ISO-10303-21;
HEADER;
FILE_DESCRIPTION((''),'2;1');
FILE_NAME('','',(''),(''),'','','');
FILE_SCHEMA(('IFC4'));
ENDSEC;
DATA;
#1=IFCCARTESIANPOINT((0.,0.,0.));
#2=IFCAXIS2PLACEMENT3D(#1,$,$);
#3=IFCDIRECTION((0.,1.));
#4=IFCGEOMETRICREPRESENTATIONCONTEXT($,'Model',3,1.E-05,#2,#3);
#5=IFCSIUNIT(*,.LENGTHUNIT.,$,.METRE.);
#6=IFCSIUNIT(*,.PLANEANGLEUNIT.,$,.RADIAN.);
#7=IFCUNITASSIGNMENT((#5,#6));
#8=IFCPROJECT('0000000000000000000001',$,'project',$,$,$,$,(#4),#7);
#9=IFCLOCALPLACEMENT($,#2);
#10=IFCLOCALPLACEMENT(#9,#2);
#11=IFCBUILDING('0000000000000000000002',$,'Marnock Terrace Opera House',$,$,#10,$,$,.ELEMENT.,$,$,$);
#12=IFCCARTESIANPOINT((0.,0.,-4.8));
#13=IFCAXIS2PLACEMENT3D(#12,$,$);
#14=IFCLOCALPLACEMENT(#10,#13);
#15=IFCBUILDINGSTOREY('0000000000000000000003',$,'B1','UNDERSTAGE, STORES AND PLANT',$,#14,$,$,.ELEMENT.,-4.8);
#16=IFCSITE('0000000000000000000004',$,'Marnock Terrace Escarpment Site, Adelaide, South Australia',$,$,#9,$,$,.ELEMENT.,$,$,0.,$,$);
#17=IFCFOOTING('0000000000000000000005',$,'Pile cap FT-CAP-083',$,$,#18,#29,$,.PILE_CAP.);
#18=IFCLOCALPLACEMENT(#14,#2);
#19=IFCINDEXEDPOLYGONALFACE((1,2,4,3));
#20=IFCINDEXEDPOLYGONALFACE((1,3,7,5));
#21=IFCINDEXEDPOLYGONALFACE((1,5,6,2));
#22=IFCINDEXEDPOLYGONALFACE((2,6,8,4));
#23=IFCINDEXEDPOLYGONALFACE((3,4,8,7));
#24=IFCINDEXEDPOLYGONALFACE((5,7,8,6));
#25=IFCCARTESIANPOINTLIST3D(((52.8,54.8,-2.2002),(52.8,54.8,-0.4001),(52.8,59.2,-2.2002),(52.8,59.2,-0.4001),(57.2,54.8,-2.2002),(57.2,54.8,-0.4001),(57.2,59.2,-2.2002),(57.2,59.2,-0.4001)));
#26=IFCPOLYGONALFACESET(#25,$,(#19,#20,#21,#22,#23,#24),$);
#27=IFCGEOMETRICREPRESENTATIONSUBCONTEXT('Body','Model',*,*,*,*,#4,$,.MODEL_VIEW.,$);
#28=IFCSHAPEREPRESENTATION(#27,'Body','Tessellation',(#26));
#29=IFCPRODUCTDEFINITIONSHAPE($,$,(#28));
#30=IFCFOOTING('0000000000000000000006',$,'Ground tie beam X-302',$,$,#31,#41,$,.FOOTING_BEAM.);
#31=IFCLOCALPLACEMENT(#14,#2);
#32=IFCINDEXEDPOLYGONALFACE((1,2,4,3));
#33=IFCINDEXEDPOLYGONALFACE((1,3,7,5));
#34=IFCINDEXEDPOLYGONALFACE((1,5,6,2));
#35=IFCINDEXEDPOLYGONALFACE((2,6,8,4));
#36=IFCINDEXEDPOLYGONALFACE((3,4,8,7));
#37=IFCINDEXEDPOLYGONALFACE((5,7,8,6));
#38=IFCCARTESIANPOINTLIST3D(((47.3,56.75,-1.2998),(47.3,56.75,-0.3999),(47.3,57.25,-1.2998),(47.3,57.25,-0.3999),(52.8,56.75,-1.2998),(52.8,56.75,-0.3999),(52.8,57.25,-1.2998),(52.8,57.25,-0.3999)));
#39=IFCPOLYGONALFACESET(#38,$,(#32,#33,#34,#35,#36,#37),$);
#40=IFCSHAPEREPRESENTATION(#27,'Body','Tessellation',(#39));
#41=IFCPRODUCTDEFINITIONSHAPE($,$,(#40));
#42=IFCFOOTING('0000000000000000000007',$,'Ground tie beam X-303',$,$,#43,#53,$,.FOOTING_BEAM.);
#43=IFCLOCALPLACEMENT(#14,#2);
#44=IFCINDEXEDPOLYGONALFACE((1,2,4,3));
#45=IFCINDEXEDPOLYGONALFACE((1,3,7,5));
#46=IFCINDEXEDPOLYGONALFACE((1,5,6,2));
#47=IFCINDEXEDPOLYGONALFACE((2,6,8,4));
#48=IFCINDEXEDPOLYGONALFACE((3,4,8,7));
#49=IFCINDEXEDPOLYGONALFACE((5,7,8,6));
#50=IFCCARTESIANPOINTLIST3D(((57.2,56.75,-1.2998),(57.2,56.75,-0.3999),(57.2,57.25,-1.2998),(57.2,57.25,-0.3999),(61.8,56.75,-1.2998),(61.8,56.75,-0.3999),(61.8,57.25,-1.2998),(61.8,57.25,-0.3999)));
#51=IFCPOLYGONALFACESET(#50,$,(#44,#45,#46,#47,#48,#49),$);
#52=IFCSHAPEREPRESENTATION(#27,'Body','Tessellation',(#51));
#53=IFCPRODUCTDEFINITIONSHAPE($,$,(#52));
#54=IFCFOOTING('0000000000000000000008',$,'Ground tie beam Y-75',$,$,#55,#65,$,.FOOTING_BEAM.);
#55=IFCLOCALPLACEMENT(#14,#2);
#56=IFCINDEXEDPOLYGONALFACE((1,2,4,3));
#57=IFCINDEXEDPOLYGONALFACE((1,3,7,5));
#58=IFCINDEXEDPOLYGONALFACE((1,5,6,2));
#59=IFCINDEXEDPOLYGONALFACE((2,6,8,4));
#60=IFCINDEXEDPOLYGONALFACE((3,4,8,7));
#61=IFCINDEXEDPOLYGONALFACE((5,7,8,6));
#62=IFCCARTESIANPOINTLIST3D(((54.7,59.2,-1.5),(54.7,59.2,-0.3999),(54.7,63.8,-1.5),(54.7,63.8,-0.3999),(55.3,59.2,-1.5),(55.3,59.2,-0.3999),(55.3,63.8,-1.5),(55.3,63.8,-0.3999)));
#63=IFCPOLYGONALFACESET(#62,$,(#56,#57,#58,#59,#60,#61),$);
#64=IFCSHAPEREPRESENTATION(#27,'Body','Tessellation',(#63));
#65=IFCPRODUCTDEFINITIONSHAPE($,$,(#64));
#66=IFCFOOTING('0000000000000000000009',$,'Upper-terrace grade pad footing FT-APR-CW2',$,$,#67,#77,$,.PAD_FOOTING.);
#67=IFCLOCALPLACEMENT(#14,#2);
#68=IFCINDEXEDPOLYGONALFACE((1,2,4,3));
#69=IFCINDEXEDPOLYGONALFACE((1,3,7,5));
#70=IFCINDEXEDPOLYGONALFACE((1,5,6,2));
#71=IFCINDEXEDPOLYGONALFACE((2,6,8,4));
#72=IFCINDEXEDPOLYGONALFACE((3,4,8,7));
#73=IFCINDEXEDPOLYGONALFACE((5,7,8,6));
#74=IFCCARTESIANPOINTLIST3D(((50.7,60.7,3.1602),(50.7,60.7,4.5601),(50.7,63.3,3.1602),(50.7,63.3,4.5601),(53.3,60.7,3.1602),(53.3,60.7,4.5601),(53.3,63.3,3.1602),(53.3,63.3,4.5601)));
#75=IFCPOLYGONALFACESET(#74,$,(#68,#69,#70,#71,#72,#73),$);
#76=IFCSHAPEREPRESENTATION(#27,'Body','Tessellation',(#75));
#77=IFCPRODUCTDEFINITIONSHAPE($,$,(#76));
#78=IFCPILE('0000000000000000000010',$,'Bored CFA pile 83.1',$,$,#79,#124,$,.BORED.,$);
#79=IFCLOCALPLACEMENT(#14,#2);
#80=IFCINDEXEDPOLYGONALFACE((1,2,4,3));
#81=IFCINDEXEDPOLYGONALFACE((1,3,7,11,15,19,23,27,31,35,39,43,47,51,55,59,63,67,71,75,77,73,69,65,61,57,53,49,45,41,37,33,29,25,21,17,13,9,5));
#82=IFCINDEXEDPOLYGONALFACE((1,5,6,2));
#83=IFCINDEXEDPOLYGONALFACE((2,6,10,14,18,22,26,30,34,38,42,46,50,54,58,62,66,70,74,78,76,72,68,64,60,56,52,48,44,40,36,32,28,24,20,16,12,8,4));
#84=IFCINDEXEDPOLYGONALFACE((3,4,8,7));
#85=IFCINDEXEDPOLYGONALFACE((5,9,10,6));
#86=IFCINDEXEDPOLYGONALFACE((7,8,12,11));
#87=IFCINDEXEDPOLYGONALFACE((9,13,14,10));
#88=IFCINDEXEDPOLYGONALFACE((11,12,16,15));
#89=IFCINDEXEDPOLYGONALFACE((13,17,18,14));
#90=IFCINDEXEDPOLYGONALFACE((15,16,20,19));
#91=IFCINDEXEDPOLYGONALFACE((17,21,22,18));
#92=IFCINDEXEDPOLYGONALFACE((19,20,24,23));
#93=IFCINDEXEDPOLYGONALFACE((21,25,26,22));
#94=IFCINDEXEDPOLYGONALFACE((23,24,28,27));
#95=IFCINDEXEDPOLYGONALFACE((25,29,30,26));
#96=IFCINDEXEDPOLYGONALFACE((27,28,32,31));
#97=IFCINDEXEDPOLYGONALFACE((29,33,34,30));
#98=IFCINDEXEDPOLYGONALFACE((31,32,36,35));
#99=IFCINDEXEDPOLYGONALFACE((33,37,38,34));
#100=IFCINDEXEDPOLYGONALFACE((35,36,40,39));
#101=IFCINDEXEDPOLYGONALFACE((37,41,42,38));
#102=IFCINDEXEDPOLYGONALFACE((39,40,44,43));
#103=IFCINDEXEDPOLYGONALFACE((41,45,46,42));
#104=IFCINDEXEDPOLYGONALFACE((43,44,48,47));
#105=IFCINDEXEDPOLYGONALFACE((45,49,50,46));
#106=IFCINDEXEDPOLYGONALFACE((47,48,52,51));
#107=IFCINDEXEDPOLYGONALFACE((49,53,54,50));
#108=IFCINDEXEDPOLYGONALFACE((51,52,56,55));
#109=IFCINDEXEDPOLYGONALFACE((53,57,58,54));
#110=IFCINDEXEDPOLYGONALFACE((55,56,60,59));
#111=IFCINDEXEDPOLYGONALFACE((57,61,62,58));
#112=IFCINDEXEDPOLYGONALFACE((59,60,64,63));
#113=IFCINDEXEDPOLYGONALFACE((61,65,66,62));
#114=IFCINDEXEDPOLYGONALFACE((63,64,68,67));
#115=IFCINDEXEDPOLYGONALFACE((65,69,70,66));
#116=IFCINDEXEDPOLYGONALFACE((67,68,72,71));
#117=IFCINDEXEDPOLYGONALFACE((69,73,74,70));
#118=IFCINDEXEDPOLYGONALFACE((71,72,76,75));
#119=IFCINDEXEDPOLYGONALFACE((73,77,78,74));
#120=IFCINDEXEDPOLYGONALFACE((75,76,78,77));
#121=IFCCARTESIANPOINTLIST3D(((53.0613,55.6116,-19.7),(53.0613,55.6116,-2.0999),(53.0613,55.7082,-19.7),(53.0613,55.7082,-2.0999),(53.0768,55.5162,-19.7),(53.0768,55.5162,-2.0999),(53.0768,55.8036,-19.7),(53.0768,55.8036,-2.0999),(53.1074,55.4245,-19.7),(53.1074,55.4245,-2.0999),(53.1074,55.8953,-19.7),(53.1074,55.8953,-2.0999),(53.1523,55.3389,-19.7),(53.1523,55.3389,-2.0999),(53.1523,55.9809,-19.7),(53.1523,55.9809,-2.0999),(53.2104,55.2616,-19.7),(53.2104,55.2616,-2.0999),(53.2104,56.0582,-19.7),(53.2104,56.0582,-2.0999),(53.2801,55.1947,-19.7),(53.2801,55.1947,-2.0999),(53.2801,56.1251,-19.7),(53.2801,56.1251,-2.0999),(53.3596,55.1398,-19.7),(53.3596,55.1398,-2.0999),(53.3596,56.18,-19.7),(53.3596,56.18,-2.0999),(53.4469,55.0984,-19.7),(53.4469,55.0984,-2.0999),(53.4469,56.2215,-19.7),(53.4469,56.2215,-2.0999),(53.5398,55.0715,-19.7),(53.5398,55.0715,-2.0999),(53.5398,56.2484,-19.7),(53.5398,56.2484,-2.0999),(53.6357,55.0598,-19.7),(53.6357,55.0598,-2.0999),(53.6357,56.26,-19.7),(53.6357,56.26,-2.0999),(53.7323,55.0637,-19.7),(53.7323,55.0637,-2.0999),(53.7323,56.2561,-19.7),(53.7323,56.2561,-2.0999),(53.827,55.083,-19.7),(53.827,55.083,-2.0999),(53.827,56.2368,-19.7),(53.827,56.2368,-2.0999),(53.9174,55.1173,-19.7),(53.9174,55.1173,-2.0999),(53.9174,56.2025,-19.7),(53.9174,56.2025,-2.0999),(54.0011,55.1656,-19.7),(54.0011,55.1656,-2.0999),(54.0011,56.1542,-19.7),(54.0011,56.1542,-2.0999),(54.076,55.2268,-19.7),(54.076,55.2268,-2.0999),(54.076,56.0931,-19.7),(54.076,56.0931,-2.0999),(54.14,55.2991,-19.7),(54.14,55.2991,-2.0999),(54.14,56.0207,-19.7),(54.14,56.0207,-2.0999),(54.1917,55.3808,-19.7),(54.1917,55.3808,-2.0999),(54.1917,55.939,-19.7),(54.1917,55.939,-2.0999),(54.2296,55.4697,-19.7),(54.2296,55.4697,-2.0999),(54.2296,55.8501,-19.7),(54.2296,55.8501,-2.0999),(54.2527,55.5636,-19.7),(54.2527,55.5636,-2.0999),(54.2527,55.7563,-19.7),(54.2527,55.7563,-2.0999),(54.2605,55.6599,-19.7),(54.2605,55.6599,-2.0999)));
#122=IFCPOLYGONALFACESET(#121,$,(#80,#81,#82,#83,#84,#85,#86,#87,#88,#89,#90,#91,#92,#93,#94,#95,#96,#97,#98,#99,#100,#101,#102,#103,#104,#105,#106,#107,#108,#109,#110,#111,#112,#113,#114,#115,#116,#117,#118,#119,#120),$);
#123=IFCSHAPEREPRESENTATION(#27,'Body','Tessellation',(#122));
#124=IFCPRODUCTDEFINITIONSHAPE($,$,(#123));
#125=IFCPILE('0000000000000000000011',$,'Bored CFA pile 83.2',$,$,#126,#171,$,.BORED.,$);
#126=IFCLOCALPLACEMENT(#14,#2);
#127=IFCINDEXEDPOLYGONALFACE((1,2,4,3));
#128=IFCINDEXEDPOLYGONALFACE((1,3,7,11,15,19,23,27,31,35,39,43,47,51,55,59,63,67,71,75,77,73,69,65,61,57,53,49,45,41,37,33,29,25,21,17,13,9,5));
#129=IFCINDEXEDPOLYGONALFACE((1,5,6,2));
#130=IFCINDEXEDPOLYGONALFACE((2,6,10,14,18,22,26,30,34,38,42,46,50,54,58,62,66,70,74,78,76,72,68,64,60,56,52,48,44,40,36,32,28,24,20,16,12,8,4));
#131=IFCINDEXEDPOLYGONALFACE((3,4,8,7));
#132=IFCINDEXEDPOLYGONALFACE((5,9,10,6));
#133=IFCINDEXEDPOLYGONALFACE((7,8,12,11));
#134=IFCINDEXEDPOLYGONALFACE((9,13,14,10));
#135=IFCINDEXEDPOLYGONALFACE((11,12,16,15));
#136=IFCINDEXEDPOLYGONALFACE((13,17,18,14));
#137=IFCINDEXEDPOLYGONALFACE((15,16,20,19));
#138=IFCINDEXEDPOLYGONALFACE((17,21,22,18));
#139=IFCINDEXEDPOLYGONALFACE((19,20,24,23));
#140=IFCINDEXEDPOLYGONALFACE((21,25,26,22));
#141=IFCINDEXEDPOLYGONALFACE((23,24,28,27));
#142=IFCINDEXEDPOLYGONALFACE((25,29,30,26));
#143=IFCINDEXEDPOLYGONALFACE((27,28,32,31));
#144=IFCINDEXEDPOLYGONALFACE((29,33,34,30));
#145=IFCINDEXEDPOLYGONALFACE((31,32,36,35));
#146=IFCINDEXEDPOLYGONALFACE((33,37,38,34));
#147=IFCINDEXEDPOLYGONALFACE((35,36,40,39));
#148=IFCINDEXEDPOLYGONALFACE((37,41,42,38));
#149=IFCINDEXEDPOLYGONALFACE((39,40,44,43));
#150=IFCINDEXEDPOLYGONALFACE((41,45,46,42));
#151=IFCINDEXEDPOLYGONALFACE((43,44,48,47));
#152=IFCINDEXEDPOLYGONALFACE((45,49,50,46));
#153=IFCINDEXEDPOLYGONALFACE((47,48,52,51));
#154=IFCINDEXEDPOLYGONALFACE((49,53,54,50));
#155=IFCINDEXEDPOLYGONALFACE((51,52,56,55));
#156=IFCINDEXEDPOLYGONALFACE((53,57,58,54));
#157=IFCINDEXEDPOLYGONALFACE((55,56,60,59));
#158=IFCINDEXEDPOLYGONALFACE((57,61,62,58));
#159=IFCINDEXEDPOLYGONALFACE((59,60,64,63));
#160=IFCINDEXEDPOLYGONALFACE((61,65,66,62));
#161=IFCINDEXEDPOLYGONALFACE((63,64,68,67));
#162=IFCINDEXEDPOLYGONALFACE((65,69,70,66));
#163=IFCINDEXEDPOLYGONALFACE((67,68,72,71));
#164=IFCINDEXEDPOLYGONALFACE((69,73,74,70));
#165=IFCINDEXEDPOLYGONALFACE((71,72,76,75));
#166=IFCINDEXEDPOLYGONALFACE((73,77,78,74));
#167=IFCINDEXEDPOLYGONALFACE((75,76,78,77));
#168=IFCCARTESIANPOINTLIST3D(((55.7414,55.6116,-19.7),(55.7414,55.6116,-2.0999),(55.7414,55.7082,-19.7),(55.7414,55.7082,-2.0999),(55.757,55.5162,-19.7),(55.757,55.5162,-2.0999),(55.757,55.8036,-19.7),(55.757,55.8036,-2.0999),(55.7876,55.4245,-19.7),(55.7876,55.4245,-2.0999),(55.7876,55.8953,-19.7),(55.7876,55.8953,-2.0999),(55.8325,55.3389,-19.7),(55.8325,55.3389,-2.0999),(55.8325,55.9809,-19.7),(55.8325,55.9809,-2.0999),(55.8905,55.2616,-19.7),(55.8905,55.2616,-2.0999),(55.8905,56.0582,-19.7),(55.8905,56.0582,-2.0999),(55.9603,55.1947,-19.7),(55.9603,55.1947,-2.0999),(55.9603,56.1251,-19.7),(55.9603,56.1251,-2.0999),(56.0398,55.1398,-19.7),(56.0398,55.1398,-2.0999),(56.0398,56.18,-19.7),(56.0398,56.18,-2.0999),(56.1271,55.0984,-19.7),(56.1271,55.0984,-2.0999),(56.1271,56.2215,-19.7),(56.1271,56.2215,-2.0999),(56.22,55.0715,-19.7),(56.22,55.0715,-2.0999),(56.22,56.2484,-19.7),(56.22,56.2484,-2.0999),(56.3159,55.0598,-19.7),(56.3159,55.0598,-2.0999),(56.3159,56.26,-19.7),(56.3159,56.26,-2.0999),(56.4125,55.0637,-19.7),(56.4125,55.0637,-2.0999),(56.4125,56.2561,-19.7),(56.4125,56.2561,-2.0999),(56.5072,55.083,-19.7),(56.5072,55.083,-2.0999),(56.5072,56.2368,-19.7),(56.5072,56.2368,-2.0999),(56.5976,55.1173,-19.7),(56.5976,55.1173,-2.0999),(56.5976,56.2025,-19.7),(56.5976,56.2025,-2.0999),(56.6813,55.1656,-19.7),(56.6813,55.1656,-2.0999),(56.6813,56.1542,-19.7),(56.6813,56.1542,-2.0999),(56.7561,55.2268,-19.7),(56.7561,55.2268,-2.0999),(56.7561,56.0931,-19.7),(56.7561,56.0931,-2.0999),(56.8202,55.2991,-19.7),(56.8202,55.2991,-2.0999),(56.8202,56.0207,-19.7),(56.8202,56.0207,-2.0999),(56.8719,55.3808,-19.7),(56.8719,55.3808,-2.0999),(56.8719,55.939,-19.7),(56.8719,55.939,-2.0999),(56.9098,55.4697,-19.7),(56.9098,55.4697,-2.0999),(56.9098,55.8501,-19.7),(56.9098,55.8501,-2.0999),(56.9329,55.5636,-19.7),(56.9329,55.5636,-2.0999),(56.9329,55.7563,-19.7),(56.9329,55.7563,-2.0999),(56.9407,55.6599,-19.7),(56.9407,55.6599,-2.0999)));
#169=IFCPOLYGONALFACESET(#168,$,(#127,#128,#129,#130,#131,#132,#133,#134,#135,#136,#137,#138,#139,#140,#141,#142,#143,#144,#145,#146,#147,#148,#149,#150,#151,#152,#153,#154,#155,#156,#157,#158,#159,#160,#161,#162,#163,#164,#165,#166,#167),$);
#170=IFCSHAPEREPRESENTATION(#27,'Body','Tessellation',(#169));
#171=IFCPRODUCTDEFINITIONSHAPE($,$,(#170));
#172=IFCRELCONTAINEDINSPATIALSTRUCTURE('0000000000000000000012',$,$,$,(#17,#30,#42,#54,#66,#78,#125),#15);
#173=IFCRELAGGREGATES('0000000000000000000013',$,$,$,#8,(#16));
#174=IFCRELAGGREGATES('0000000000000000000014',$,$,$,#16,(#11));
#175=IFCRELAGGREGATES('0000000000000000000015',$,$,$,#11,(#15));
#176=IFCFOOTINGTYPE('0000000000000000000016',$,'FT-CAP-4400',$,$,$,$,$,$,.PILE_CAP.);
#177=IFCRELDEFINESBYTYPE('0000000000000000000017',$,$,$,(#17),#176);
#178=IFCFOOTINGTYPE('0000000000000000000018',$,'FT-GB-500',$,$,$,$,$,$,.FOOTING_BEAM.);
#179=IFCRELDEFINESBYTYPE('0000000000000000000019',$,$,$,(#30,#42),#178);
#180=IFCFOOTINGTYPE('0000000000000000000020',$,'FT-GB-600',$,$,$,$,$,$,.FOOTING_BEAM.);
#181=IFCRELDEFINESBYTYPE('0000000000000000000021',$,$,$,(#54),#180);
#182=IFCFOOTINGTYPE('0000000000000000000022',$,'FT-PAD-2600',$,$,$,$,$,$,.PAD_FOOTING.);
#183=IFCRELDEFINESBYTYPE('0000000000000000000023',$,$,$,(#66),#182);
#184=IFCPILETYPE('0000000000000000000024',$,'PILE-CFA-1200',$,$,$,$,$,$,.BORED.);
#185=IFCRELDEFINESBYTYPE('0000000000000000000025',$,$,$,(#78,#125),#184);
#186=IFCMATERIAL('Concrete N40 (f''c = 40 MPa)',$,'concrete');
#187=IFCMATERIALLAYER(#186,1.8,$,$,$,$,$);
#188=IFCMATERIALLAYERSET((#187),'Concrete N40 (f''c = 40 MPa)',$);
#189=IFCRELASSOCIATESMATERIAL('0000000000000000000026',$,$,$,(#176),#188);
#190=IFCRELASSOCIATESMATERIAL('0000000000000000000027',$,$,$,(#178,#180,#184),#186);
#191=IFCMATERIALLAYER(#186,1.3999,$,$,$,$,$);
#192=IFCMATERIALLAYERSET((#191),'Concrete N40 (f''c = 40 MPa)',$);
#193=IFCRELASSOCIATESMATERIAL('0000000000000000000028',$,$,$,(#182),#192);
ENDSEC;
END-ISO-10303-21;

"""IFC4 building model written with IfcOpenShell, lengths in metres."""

from ifc_helpers import new_model, si_unit, direction, frame, origin, origin_2d, place, context, subcontext, project, spatial, rectangle, circle, extrude, material, layer, layer_set, material_profile, profile_set, type_object, element, save


model = new_model("IFC4")

# Units and contexts
model_context = context("Model", 3, precision=1e-05, world=origin(), true_north=direction((0.0, 1.0)))
body_context = subcontext(model_context, "Body", "Model", "MODEL_VIEW")
ifc_project = project(units=[si_unit("LENGTHUNIT", "METRE"), si_unit("PLANEANGLEUNIT", "RADIAN")], contexts=[model_context])

# Site, building, storey
site_placement = place(None, origin())
site = spatial("IfcSite", under=ifc_project, at=site_placement, Name="Marnock Terrace Escarpment Site, Adelaide, South Australia", CompositionType="ELEMENT", RefElevation=0.0)
building_placement = place(site_placement, origin())
building = spatial("IfcBuilding", under=site, at=building_placement, Name="Marnock Terrace Opera House", CompositionType="ELEMENT")
storey_placement = place(building_placement, frame((0.0, 0.0, -4.8)))
storey = spatial("IfcBuildingStorey", under=building, at=storey_placement, Name="B1", Description="UNDERSTAGE, STORES AND PLANT", CompositionType="ELEMENT", Elevation=-4.8)

# Footings
ifc_material_1 = material(Name="Concrete N40 (f'c = 40 MPa)", Category="concrete")
ifc_layer_1 = layer(ifc_material_1, 1.8)
ifc_layer_set_1 = layer_set([ifc_layer_1], Name="Concrete N40 (f'c = 40 MPa)")
footing_type_1 = type_object("IfcFootingType", Name="FT-CAP-4400", PredefinedType="PILE_CAP", material=ifc_layer_set_1)
footing_1_placement = place(storey_placement, frame((55.0, 57.0, -2.2002), z_axis=(0.0, 0.0, 1.0), x_axis=(1.0, 0.0, 0.0)))
element("IfcFooting", 1, at=footing_1_placement, inside=storey, type_object=footing_type_1, Name="Pile cap FT-CAP-083", PredefinedType="PILE_CAP", context=body_context, shape_type="SweptSolid", body=[
    extrude(rectangle(XDim=4.3999, YDim=4.3999, at=origin_2d()), origin(), (0.0, 0.0, 1.0), 1.8),
])
ifc_material_profile_1 = material_profile(ifc_material_1, rectangle(XDim=0.5, YDim=0.8999, at=origin_2d()))
ifc_profile_set_1 = profile_set([ifc_material_profile_1], Name="Concrete N40 (f'c = 40 MPa)")
footing_type_2 = type_object("IfcFootingType", Name="FT-GB-500", PredefinedType="FOOTING_BEAM", material=ifc_profile_set_1)
footing_2_placement = place(storey_placement, frame((47.3, 57.0, -0.8499), z_axis=(1.0, 0.0, 0.0), x_axis=(0.0, 1.0, 0.0)))
element("IfcFooting", 2, at=footing_2_placement, inside=storey, type_object=footing_type_2, Name="Ground tie beam X-302", PredefinedType="FOOTING_BEAM", context=body_context, shape_type="SweptSolid", body=[
    extrude(rectangle(XDim=0.5, YDim=0.8999, at=origin_2d()), origin(), (0.0, 0.0, 1.0), 5.5),
])
footing_3_placement = place(storey_placement, frame((57.2, 57.0, -0.8499), z_axis=(1.0, 0.0, 0.0), x_axis=(0.0, 1.0, 0.0)))
element("IfcFooting", 3, at=footing_3_placement, inside=storey, type_object=footing_type_2, Name="Ground tie beam X-303", PredefinedType="FOOTING_BEAM", context=body_context, shape_type="SweptSolid", body=[
    extrude(rectangle(XDim=0.5, YDim=0.8999, at=origin_2d()), origin(), (0.0, 0.0, 1.0), 4.6001),
])
ifc_material_profile_2 = material_profile(ifc_material_1, rectangle(XDim=0.6001, YDim=1.1001, at=origin_2d()))
ifc_profile_set_2 = profile_set([ifc_material_profile_2], Name="Concrete N40 (f'c = 40 MPa)")
footing_type_3 = type_object("IfcFootingType", Name="FT-GB-600", PredefinedType="FOOTING_BEAM", material=ifc_profile_set_2)
footing_4_placement = place(storey_placement, frame((55.0, 59.2, -0.95), z_axis=(0.0, 1.0, 0.0), x_axis=(-1.0, 0.0, 0.0)))
element("IfcFooting", 4, at=footing_4_placement, inside=storey, type_object=footing_type_3, Name="Ground tie beam Y-75", PredefinedType="FOOTING_BEAM", context=body_context, shape_type="SweptSolid", body=[
    extrude(rectangle(XDim=0.6001, YDim=1.1001, at=origin_2d()), origin(), (0.0, 0.0, 1.0), 4.6001),
])
ifc_layer_2 = layer(ifc_material_1, 1.3999)
ifc_layer_set_2 = layer_set([ifc_layer_2], Name="Concrete N40 (f'c = 40 MPa)")
footing_type_4 = type_object("IfcFootingType", Name="FT-PAD-2600", PredefinedType="PAD_FOOTING", material=ifc_layer_set_2)
footing_5_placement = place(storey_placement, frame((52.0, 62.0, 3.1602), z_axis=(0.0, 0.0, 1.0), x_axis=(1.0, 0.0, 0.0)))
element("IfcFooting", 5, at=footing_5_placement, inside=storey, type_object=footing_type_4, Name="Upper-terrace grade pad footing FT-APR-CW2", PredefinedType="PAD_FOOTING", context=body_context, shape_type="SweptSolid", body=[
    extrude(rectangle(XDim=2.6001, YDim=2.6001, at=origin_2d()), origin(), (0.0, 0.0, 1.0), 1.3999),
])

# Piles
ifc_material_profile_3 = material_profile(ifc_material_1, circle(Radius=0.6006, at=origin_2d()))
ifc_profile_set_3 = profile_set([ifc_material_profile_3], Name="Concrete N40 (f'c = 40 MPa)")
pile_type = type_object("IfcPileType", Name="PILE-CFA-1200", PredefinedType="BORED", material=ifc_profile_set_3)
for number, where, z_axis, x_axis, name in (
    (6, (53.6599, 55.6599, -2.0999), (0.0, 0.0, -1.0), (1.0, 0.0, 0.0), "Bored CFA pile 83.1"),
    (7, (56.3401, 55.6599, -2.0999), (0.0, 0.0, -1.0), (1.0, 0.0, 0.0), "Bored CFA pile 83.2"),
):
    element("IfcPile", number, at=place(storey_placement, frame(where, z_axis=z_axis, x_axis=x_axis)), inside=storey, type_object=pile_type, Name=name, PredefinedType="BORED", context=body_context, shape_type="SweptSolid", body=[
        extrude(circle(Radius=0.6006, at=origin_2d()), origin(), (0.0, 0.0, 1.0), 17.6001),
    ])

save(model, "model.ifc")
